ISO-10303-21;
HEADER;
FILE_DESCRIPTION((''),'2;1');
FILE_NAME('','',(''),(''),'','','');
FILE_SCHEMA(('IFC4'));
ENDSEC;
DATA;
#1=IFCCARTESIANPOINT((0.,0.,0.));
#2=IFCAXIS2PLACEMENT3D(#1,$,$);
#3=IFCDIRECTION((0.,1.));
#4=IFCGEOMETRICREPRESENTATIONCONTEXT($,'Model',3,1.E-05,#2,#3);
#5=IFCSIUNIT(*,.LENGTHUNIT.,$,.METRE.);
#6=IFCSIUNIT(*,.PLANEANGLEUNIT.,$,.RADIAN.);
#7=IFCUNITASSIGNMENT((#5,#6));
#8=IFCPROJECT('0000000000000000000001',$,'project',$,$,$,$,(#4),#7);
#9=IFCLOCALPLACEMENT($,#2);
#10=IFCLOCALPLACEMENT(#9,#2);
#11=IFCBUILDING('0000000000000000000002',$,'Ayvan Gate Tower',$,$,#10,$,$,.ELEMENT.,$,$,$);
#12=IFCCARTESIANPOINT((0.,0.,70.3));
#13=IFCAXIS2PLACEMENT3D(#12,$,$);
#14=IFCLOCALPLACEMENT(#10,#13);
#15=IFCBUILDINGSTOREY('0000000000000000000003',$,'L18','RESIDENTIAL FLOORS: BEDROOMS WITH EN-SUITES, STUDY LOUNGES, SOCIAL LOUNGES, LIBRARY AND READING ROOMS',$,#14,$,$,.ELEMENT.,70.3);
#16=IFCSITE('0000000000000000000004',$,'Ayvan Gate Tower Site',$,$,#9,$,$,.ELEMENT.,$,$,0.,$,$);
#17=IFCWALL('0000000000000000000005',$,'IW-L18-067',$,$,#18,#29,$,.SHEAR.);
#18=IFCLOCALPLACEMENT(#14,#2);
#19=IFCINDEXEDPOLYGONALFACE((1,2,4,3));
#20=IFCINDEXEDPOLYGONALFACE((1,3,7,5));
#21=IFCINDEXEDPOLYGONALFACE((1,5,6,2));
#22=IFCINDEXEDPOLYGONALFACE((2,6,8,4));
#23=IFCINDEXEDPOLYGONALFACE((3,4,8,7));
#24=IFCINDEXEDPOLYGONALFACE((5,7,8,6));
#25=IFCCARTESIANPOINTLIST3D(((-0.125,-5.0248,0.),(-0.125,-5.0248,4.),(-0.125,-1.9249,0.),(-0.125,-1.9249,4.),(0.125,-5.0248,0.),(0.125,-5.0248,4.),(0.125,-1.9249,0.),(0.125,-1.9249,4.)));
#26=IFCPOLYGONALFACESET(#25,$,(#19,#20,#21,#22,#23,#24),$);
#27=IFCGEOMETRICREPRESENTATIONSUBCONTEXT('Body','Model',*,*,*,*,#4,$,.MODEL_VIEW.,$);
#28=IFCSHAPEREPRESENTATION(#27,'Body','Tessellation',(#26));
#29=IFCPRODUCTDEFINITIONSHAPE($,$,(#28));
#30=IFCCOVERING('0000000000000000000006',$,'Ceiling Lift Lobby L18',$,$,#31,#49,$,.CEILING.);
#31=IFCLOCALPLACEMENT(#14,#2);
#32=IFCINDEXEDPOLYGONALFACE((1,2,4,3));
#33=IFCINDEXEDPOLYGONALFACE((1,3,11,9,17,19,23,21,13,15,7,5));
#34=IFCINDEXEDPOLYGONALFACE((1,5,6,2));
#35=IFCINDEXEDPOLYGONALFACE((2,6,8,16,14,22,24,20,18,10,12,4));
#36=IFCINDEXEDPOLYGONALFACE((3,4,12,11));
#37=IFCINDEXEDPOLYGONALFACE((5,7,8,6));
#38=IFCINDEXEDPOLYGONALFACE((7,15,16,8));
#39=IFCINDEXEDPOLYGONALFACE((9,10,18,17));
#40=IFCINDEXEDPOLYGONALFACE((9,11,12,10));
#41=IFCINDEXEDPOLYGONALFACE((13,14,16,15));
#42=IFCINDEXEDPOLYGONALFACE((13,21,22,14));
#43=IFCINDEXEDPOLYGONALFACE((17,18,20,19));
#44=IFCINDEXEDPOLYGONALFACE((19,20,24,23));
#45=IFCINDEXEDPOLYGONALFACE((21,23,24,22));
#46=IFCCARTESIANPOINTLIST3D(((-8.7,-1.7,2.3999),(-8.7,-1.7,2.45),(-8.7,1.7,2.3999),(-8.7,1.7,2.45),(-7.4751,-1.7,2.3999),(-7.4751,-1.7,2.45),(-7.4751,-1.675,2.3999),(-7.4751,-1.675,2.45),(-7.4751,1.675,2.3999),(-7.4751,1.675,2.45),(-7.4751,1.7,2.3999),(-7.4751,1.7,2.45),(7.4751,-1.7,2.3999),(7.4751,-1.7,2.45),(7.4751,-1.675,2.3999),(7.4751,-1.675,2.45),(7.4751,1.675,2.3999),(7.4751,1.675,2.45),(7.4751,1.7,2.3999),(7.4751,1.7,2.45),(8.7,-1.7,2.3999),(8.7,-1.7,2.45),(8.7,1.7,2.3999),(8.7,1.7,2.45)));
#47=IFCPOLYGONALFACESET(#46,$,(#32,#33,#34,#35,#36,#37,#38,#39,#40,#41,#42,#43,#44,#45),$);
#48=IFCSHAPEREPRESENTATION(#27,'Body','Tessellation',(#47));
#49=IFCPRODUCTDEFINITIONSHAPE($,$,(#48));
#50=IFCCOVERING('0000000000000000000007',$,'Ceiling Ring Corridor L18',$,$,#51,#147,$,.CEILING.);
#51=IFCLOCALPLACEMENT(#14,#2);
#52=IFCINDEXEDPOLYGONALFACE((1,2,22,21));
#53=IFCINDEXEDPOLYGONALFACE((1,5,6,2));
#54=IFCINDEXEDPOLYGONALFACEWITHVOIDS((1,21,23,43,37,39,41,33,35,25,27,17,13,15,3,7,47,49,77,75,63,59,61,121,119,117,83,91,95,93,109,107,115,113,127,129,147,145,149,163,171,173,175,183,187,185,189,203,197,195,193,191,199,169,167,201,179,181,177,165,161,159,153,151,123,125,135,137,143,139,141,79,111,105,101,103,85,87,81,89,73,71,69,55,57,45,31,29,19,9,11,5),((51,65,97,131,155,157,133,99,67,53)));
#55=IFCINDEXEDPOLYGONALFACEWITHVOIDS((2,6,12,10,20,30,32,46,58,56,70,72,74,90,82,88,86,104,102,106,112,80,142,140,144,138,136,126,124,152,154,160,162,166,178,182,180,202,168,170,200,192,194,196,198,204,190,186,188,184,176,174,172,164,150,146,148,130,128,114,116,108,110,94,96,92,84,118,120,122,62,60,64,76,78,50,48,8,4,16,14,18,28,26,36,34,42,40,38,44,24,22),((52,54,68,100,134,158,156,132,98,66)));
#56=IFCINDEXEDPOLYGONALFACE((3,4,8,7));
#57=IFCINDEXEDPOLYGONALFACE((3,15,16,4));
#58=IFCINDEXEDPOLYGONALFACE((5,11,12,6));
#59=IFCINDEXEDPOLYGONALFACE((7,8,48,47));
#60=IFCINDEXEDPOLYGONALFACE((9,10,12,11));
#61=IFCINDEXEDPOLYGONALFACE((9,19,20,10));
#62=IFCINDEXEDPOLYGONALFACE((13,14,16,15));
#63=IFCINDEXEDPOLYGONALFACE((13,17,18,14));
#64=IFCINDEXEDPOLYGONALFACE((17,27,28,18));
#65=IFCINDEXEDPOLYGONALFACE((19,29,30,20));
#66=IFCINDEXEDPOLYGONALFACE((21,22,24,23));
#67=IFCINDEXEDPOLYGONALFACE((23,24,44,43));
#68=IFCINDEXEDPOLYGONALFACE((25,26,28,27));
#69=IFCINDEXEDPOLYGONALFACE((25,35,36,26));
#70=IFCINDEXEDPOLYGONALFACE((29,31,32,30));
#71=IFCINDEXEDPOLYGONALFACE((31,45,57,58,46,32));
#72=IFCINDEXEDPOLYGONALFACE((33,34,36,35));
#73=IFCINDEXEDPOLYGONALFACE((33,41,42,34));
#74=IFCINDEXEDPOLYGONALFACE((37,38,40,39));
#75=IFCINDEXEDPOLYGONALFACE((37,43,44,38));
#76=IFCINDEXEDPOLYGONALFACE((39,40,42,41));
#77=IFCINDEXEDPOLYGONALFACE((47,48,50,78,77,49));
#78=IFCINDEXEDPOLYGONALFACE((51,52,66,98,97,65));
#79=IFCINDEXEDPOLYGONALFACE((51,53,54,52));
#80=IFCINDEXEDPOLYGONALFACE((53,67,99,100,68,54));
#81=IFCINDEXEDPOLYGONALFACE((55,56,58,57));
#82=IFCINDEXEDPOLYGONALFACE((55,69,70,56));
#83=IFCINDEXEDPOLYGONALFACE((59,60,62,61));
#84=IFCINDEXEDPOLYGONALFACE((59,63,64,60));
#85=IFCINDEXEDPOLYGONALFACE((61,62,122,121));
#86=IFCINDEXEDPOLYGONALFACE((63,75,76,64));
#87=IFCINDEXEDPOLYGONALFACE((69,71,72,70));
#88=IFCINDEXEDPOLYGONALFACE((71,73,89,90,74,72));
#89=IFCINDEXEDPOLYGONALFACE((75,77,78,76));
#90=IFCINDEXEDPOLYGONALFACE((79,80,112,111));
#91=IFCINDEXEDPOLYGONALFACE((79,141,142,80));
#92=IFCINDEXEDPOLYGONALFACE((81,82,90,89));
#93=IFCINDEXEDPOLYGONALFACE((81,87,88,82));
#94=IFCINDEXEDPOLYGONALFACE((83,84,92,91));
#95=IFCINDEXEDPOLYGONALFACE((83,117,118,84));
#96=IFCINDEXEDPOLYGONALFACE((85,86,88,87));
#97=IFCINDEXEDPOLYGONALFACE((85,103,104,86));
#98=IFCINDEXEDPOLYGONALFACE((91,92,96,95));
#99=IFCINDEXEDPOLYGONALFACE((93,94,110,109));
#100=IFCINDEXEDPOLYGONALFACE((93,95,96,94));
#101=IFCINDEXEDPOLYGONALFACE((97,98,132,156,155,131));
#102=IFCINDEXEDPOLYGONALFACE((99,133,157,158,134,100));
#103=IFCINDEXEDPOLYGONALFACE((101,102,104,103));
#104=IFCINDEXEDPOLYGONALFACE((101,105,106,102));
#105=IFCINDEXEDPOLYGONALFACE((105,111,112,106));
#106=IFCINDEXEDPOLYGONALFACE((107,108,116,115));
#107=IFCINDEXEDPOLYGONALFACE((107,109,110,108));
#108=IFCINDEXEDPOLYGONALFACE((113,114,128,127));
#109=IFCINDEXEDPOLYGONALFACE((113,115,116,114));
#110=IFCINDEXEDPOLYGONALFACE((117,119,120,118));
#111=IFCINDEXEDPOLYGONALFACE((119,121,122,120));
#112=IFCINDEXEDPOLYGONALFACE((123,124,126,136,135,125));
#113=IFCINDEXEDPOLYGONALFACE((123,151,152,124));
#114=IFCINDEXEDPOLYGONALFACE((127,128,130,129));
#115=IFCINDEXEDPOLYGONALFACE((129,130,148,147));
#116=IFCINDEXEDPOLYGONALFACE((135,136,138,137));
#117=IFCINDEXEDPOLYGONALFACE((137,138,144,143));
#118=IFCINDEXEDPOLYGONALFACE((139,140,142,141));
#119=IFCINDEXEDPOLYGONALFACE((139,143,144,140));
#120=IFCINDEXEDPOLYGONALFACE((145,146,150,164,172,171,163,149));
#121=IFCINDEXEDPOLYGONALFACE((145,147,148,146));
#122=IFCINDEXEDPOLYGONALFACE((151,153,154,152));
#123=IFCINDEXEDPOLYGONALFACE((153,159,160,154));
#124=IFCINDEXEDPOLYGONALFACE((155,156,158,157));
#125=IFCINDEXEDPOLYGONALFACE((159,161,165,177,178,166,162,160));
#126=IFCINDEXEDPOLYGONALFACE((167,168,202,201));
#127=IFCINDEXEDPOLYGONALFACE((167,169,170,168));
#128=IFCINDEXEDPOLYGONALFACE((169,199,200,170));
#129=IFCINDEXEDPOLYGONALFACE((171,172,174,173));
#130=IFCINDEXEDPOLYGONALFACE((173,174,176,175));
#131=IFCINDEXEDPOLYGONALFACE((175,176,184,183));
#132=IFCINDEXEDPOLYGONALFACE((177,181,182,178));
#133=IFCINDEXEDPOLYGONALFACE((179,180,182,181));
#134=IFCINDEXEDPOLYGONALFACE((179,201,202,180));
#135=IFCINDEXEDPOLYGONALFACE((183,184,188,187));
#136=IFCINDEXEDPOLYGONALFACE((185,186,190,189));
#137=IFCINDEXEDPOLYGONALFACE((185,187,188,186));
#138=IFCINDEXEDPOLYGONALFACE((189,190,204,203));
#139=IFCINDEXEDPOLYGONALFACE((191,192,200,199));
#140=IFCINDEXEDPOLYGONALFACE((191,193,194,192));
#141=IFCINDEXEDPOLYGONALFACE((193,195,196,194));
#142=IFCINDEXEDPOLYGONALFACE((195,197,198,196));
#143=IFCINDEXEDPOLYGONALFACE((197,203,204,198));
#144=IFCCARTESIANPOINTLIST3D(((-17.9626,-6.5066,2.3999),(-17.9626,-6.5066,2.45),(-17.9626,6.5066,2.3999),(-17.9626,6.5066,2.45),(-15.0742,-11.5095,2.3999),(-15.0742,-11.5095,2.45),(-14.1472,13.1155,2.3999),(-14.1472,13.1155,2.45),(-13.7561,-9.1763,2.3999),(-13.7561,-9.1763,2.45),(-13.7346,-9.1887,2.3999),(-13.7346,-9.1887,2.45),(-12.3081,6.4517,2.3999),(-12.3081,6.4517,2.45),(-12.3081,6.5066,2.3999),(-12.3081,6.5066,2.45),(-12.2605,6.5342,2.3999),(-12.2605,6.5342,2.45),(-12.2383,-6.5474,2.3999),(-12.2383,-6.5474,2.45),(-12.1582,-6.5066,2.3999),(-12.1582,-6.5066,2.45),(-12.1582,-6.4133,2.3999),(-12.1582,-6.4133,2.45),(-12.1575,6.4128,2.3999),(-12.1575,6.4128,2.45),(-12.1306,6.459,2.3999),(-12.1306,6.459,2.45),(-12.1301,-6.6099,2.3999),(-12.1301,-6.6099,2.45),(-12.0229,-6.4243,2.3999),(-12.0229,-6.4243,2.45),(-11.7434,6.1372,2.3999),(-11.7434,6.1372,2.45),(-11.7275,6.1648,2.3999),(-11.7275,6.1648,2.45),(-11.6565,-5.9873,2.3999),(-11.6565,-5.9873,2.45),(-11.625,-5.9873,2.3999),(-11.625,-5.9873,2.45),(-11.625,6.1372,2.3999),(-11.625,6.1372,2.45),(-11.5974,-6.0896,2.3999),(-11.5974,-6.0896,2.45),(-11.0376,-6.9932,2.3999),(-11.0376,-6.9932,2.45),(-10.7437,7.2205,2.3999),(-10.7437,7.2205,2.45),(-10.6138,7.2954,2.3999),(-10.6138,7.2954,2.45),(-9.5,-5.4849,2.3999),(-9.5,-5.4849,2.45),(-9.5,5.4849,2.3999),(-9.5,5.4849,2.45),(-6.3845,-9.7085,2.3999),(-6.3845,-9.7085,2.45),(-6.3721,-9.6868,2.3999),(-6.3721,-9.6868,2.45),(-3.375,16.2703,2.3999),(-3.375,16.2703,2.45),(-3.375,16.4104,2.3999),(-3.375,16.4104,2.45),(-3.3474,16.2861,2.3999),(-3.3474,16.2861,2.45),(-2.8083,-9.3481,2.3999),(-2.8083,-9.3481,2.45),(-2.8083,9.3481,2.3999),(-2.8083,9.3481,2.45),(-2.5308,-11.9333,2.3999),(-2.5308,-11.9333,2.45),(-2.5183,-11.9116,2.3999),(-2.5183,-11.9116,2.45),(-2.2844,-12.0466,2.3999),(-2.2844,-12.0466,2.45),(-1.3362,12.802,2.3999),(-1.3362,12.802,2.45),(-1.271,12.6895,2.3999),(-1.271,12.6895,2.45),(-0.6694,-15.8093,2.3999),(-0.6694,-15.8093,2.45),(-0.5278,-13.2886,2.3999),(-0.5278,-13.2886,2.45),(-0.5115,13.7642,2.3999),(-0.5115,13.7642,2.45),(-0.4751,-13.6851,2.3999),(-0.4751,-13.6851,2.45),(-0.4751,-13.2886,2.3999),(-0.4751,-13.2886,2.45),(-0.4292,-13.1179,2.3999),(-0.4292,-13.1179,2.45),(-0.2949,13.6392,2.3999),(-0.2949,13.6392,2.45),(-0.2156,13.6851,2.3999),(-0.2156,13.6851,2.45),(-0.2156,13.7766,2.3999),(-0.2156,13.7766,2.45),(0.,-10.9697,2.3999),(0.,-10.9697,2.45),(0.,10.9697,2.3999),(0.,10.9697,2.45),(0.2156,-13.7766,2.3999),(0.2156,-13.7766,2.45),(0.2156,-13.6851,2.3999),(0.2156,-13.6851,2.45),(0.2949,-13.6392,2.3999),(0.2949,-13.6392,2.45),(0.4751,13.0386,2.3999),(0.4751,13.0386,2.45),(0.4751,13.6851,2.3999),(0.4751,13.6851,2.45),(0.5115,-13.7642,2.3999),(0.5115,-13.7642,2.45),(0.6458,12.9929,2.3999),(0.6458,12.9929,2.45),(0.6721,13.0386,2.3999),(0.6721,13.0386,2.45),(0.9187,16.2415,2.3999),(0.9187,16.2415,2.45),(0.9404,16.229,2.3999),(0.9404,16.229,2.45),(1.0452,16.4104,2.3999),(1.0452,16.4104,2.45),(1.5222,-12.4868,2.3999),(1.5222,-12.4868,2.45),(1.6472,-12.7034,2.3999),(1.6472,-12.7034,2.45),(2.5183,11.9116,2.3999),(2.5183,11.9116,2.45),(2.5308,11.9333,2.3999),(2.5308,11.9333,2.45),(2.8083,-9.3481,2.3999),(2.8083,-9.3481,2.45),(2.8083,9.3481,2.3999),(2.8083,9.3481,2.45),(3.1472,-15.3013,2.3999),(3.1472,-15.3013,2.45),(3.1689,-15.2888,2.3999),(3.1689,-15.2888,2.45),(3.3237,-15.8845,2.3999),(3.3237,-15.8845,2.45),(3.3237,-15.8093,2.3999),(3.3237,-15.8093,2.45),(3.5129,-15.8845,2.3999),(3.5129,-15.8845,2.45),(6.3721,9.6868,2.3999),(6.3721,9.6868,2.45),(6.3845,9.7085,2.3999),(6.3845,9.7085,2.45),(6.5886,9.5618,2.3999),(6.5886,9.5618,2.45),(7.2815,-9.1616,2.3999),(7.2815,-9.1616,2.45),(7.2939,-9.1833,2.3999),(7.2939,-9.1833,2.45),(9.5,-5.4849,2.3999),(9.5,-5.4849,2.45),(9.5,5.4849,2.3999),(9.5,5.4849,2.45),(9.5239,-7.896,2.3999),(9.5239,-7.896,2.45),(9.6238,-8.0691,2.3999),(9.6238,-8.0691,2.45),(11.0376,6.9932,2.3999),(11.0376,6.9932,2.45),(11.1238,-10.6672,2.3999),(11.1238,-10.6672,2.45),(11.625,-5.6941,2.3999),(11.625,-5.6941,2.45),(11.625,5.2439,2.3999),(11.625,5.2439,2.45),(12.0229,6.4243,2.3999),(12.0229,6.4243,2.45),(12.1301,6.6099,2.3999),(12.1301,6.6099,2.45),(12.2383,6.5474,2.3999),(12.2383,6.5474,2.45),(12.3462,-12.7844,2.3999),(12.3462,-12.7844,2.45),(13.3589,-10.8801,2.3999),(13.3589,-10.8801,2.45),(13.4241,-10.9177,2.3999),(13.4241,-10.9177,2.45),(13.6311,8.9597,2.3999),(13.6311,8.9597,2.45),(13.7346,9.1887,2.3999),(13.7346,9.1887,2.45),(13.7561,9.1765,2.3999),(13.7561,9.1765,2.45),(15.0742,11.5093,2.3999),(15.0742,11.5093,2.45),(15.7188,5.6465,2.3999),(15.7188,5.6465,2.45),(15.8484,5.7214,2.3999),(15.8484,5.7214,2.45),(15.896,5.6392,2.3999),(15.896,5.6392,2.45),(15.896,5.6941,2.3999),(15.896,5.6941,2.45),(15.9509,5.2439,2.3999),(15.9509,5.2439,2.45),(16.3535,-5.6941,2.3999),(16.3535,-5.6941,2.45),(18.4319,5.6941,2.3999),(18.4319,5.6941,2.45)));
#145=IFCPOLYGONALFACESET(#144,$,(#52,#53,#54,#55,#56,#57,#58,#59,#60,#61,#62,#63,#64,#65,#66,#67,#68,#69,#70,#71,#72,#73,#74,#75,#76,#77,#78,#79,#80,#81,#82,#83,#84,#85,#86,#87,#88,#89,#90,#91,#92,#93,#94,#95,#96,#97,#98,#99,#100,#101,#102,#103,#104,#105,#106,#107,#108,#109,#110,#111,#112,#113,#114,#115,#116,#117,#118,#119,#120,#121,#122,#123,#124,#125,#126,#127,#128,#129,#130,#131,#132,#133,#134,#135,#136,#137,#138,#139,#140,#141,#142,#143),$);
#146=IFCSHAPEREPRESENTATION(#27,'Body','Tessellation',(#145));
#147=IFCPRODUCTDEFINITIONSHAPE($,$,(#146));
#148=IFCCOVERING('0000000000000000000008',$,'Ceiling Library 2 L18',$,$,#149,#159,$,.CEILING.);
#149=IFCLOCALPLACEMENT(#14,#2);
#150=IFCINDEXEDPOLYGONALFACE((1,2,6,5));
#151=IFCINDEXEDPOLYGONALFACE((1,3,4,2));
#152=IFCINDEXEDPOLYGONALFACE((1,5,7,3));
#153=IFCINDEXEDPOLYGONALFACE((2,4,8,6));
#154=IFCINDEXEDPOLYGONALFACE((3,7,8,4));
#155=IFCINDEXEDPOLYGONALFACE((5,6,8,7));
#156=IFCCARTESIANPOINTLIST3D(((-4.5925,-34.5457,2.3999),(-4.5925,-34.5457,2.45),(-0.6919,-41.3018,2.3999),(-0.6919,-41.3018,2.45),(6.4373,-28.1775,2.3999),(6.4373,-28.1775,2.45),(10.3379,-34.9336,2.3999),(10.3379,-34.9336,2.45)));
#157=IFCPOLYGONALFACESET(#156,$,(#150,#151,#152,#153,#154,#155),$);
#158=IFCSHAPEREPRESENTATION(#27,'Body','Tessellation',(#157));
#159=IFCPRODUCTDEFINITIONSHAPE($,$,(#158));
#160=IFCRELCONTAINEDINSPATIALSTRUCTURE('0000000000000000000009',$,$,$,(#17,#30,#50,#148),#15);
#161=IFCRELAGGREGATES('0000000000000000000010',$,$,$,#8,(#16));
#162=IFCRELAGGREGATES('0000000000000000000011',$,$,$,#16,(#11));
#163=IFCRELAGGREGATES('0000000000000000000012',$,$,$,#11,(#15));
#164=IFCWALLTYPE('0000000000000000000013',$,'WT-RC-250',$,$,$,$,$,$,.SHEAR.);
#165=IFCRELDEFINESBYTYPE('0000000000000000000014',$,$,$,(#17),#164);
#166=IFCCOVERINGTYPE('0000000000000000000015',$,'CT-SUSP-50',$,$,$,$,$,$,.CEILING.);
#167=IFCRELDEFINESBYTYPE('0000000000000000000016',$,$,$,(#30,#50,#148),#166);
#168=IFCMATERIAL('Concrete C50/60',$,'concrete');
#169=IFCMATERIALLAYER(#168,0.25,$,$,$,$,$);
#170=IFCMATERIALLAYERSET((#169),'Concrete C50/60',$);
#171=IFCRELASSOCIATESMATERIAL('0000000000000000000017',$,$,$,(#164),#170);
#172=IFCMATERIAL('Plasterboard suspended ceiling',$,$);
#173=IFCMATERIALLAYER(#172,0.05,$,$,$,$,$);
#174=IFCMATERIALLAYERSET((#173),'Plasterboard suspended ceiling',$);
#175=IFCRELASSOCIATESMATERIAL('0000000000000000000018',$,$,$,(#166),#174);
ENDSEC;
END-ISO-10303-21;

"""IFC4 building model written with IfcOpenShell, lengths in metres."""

from ifc_helpers import new_model, si_unit, direction, frame, frame_2d, origin, place, context, subcontext, project, spatial, polyline, rectangle, outline, extrude, material, layer, layer_set, type_object, element, save


model = new_model("IFC4")

# Units and contexts
model_context = context("Model", 3, precision=1e-05, world=origin(), true_north=direction((0.0, 1.0)))
body_context = subcontext(model_context, "Body", "Model", "MODEL_VIEW")
ifc_project = project(units=[si_unit("LENGTHUNIT", "METRE"), si_unit("PLANEANGLEUNIT", "RADIAN")], contexts=[model_context])

# Site, building, storey
site_placement = place(None, origin())
site = spatial("IfcSite", under=ifc_project, at=site_placement, Name="Ayvan Gate Tower Site", CompositionType="ELEMENT", RefElevation=0.0)
building_placement = place(site_placement, origin())
building = spatial("IfcBuilding", under=site, at=building_placement, Name="Ayvan Gate Tower", CompositionType="ELEMENT")
storey_placement = place(building_placement, frame((0.0, 0.0, 70.3)))
storey = spatial("IfcBuildingStorey", under=building, at=storey_placement, Name="L18", Description="RESIDENTIAL FLOORS: BEDROOMS WITH EN-SUITES, STUDY LOUNGES, SOCIAL LOUNGES, LIBRARY AND READING ROOMS", CompositionType="ELEMENT", Elevation=70.3)

# Shared definitions
ifc_material_1 = material(Name="Concrete C50/60", Category="concrete")
ifc_layer_1 = layer(ifc_material_1, 0.25)
ifc_layer_set_1 = layer_set([ifc_layer_1], Name="Concrete C50/60")
wall_type_1 = type_object("IfcWallType", Name="WT-RC-250", PredefinedType="SHEAR", material=ifc_layer_set_1)

# Wall
for number, where, z_axis, x_axis, name in (
    (1, (0.0, -1.925, 0.0), (0.0, 0.0, 1.0), (0.0, -1.0, 0.0), "IW-L18-067"),
):
    element("IfcWall", number, at=place(storey_placement, frame(where, z_axis=z_axis, x_axis=x_axis)), inside=storey, type_object=wall_type_1, Name=name, PredefinedType="SHEAR", context=body_context, shape_type="SweptSolid", body=[
        extrude(rectangle(XDim=3.0999, YDim=0.25, at=frame_2d((1.5498, 0.0))), origin(), (0.0, 0.0, 1.0), 4.0),
    ])

# Coverings
ifc_material_2 = material(Name="Plasterboard suspended ceiling")
ifc_layer_2 = layer(ifc_material_2, 0.05)
ifc_layer_set_2 = layer_set([ifc_layer_2], Name="Plasterboard suspended ceiling")
covering_type = type_object("IfcCoveringType", Name="CT-SUSP-50", PredefinedType="CEILING", material=ifc_layer_set_2)
covering_1_placement = place(storey_placement, frame((0.0, 0.0, 2.3999)))
element("IfcCovering", 2, at=covering_1_placement, inside=storey, type_object=covering_type, Name="Ceiling Lift Lobby L18", PredefinedType="CEILING", context=body_context, shape_type="SweptSolid", body=[
    extrude(outline(polyline([(7.4751, -1.675), (-7.4751, -1.675), (-7.4751, -1.7), (-8.7, -1.7), (-8.7, 1.7), (-7.4751, 1.7), (-7.4751, 1.675), (7.4751, 1.675), (7.4751, 1.7), (8.7, 1.7), (8.7, -1.7), (7.4751, -1.7), (7.4751, -1.675)])), origin(), (0.0, 0.0, 1.0), 0.05),
])
covering_2_placement = place(storey_placement, frame((0.0, 0.0, 2.3999)))
element("IfcCovering", 3, at=covering_2_placement, inside=storey, type_object=covering_type, Name="Ceiling Ring Corridor L18", PredefinedType="CEILING", context=body_context, shape_type="SweptSolid", body=[
    extrude(outline(polyline([(-15.0742, -11.5095), (-17.9626, -6.5066), (-12.1582, -6.5066), (-12.1582, -6.4133), (-11.5974, -6.0896), (-11.6565, -5.9873), (-11.625, -5.9873), (-11.625, 6.1372), (-11.7434, 6.1372), (-11.7275, 6.1648), (-12.1575, 6.4128), (-12.1306, 6.459), (-12.2605, 6.5342), (-12.3081, 6.4517), (-12.3081, 6.5066), (-17.9626, 6.5066), (-14.1472, 13.1155), (-10.7437, 7.2205), (-10.6138, 7.2954), (-1.271, 12.6895), (-1.3362, 12.802), (-3.3474, 16.2861), (-3.375, 16.2703), (-3.375, 16.4104), (1.0452, 16.4104), (0.9404, 16.229), (0.9187, 16.2415), (-0.5115, 13.7642), (-0.2949, 13.6392), (-0.2156, 13.7766), (-0.2156, 13.6851), (0.4751, 13.6851), (0.4751, 13.0386), (0.6721, 13.0386), (0.6458, 12.9929), (2.5183, 11.9116), (2.5308, 11.9333), (6.3845, 9.7085), (6.3721, 9.6868), (6.5886, 9.5618), (11.0376, 6.9932), (12.0229, 6.4243), (12.1301, 6.6099), (12.2383, 6.5474), (13.6311, 8.9597), (13.7561, 9.1765), (13.7346, 9.1887), (15.0742, 11.5093), (18.4319, 5.6941), (15.896, 5.6941), (15.896, 5.6392), (15.8484, 5.7214), (15.7188, 5.6465), (15.9509, 5.2439), (11.625, 5.2439), (11.625, -5.6941), (16.3535, -5.6941), (13.3589, -10.8801), (13.4241, -10.9177), (12.3462, -12.7844), (11.1238, -10.6672), (9.6238, -8.0691), (9.5239, -7.896), (7.2939, -9.1833), (7.2815, -9.1616), (1.5222, -12.4868), (1.6472, -12.7034), (3.1472, -15.3013), (3.1689, -15.2888), (3.5129, -15.8845), (3.3237, -15.8845), (3.3237, -15.8093), (-0.6694, -15.8093), (0.5115, -13.7642), (0.2949, -13.6392), (0.2156, -13.7766), (0.2156, -13.6851), (-0.4751, -13.6851), (-0.4751, -13.2886), (-0.5278, -13.2886), (-0.4292, -13.1179), (-2.2844, -12.0466), (-2.5183, -11.9116), (-2.5308, -11.9333), (-6.3845, -9.7085), (-6.3721, -9.6868), (-11.0376, -6.9932), (-12.0229, -6.4243), (-12.1301, -6.6099), (-12.2383, -6.5474), (-13.7561, -9.1763), (-13.7346, -9.1887), (-15.0742, -11.5095)]), holes=[polyline([(9.5, 5.4849), (2.8083, 9.3481), (0.0, 10.9697), (-2.8083, 9.3481), (-9.5, 5.4849), (-9.5, -5.4849), (-2.8083, -9.3481), (0.0, -10.9697), (2.8083, -9.3481), (9.5, -5.4849), (9.5, 5.4849)])]), origin(), (0.0, 0.0, 1.0), 0.05),
])
covering_3_placement = place(storey_placement, frame((0.0, 0.0, 2.3999)))
element("IfcCovering", 4, at=covering_3_placement, inside=storey, type_object=covering_type, Name="Ceiling Library 2 L18", PredefinedType="CEILING", context=body_context, shape_type="SweptSolid", body=[
    extrude(outline(polyline([(6.4373, -28.1775), (10.3379, -34.9336), (-0.6919, -41.3018), (-4.5925, -34.5457), (6.4373, -28.1775)])), origin(), (0.0, 0.0, 1.0), 0.05),
])

save(model, "model.ifc")
